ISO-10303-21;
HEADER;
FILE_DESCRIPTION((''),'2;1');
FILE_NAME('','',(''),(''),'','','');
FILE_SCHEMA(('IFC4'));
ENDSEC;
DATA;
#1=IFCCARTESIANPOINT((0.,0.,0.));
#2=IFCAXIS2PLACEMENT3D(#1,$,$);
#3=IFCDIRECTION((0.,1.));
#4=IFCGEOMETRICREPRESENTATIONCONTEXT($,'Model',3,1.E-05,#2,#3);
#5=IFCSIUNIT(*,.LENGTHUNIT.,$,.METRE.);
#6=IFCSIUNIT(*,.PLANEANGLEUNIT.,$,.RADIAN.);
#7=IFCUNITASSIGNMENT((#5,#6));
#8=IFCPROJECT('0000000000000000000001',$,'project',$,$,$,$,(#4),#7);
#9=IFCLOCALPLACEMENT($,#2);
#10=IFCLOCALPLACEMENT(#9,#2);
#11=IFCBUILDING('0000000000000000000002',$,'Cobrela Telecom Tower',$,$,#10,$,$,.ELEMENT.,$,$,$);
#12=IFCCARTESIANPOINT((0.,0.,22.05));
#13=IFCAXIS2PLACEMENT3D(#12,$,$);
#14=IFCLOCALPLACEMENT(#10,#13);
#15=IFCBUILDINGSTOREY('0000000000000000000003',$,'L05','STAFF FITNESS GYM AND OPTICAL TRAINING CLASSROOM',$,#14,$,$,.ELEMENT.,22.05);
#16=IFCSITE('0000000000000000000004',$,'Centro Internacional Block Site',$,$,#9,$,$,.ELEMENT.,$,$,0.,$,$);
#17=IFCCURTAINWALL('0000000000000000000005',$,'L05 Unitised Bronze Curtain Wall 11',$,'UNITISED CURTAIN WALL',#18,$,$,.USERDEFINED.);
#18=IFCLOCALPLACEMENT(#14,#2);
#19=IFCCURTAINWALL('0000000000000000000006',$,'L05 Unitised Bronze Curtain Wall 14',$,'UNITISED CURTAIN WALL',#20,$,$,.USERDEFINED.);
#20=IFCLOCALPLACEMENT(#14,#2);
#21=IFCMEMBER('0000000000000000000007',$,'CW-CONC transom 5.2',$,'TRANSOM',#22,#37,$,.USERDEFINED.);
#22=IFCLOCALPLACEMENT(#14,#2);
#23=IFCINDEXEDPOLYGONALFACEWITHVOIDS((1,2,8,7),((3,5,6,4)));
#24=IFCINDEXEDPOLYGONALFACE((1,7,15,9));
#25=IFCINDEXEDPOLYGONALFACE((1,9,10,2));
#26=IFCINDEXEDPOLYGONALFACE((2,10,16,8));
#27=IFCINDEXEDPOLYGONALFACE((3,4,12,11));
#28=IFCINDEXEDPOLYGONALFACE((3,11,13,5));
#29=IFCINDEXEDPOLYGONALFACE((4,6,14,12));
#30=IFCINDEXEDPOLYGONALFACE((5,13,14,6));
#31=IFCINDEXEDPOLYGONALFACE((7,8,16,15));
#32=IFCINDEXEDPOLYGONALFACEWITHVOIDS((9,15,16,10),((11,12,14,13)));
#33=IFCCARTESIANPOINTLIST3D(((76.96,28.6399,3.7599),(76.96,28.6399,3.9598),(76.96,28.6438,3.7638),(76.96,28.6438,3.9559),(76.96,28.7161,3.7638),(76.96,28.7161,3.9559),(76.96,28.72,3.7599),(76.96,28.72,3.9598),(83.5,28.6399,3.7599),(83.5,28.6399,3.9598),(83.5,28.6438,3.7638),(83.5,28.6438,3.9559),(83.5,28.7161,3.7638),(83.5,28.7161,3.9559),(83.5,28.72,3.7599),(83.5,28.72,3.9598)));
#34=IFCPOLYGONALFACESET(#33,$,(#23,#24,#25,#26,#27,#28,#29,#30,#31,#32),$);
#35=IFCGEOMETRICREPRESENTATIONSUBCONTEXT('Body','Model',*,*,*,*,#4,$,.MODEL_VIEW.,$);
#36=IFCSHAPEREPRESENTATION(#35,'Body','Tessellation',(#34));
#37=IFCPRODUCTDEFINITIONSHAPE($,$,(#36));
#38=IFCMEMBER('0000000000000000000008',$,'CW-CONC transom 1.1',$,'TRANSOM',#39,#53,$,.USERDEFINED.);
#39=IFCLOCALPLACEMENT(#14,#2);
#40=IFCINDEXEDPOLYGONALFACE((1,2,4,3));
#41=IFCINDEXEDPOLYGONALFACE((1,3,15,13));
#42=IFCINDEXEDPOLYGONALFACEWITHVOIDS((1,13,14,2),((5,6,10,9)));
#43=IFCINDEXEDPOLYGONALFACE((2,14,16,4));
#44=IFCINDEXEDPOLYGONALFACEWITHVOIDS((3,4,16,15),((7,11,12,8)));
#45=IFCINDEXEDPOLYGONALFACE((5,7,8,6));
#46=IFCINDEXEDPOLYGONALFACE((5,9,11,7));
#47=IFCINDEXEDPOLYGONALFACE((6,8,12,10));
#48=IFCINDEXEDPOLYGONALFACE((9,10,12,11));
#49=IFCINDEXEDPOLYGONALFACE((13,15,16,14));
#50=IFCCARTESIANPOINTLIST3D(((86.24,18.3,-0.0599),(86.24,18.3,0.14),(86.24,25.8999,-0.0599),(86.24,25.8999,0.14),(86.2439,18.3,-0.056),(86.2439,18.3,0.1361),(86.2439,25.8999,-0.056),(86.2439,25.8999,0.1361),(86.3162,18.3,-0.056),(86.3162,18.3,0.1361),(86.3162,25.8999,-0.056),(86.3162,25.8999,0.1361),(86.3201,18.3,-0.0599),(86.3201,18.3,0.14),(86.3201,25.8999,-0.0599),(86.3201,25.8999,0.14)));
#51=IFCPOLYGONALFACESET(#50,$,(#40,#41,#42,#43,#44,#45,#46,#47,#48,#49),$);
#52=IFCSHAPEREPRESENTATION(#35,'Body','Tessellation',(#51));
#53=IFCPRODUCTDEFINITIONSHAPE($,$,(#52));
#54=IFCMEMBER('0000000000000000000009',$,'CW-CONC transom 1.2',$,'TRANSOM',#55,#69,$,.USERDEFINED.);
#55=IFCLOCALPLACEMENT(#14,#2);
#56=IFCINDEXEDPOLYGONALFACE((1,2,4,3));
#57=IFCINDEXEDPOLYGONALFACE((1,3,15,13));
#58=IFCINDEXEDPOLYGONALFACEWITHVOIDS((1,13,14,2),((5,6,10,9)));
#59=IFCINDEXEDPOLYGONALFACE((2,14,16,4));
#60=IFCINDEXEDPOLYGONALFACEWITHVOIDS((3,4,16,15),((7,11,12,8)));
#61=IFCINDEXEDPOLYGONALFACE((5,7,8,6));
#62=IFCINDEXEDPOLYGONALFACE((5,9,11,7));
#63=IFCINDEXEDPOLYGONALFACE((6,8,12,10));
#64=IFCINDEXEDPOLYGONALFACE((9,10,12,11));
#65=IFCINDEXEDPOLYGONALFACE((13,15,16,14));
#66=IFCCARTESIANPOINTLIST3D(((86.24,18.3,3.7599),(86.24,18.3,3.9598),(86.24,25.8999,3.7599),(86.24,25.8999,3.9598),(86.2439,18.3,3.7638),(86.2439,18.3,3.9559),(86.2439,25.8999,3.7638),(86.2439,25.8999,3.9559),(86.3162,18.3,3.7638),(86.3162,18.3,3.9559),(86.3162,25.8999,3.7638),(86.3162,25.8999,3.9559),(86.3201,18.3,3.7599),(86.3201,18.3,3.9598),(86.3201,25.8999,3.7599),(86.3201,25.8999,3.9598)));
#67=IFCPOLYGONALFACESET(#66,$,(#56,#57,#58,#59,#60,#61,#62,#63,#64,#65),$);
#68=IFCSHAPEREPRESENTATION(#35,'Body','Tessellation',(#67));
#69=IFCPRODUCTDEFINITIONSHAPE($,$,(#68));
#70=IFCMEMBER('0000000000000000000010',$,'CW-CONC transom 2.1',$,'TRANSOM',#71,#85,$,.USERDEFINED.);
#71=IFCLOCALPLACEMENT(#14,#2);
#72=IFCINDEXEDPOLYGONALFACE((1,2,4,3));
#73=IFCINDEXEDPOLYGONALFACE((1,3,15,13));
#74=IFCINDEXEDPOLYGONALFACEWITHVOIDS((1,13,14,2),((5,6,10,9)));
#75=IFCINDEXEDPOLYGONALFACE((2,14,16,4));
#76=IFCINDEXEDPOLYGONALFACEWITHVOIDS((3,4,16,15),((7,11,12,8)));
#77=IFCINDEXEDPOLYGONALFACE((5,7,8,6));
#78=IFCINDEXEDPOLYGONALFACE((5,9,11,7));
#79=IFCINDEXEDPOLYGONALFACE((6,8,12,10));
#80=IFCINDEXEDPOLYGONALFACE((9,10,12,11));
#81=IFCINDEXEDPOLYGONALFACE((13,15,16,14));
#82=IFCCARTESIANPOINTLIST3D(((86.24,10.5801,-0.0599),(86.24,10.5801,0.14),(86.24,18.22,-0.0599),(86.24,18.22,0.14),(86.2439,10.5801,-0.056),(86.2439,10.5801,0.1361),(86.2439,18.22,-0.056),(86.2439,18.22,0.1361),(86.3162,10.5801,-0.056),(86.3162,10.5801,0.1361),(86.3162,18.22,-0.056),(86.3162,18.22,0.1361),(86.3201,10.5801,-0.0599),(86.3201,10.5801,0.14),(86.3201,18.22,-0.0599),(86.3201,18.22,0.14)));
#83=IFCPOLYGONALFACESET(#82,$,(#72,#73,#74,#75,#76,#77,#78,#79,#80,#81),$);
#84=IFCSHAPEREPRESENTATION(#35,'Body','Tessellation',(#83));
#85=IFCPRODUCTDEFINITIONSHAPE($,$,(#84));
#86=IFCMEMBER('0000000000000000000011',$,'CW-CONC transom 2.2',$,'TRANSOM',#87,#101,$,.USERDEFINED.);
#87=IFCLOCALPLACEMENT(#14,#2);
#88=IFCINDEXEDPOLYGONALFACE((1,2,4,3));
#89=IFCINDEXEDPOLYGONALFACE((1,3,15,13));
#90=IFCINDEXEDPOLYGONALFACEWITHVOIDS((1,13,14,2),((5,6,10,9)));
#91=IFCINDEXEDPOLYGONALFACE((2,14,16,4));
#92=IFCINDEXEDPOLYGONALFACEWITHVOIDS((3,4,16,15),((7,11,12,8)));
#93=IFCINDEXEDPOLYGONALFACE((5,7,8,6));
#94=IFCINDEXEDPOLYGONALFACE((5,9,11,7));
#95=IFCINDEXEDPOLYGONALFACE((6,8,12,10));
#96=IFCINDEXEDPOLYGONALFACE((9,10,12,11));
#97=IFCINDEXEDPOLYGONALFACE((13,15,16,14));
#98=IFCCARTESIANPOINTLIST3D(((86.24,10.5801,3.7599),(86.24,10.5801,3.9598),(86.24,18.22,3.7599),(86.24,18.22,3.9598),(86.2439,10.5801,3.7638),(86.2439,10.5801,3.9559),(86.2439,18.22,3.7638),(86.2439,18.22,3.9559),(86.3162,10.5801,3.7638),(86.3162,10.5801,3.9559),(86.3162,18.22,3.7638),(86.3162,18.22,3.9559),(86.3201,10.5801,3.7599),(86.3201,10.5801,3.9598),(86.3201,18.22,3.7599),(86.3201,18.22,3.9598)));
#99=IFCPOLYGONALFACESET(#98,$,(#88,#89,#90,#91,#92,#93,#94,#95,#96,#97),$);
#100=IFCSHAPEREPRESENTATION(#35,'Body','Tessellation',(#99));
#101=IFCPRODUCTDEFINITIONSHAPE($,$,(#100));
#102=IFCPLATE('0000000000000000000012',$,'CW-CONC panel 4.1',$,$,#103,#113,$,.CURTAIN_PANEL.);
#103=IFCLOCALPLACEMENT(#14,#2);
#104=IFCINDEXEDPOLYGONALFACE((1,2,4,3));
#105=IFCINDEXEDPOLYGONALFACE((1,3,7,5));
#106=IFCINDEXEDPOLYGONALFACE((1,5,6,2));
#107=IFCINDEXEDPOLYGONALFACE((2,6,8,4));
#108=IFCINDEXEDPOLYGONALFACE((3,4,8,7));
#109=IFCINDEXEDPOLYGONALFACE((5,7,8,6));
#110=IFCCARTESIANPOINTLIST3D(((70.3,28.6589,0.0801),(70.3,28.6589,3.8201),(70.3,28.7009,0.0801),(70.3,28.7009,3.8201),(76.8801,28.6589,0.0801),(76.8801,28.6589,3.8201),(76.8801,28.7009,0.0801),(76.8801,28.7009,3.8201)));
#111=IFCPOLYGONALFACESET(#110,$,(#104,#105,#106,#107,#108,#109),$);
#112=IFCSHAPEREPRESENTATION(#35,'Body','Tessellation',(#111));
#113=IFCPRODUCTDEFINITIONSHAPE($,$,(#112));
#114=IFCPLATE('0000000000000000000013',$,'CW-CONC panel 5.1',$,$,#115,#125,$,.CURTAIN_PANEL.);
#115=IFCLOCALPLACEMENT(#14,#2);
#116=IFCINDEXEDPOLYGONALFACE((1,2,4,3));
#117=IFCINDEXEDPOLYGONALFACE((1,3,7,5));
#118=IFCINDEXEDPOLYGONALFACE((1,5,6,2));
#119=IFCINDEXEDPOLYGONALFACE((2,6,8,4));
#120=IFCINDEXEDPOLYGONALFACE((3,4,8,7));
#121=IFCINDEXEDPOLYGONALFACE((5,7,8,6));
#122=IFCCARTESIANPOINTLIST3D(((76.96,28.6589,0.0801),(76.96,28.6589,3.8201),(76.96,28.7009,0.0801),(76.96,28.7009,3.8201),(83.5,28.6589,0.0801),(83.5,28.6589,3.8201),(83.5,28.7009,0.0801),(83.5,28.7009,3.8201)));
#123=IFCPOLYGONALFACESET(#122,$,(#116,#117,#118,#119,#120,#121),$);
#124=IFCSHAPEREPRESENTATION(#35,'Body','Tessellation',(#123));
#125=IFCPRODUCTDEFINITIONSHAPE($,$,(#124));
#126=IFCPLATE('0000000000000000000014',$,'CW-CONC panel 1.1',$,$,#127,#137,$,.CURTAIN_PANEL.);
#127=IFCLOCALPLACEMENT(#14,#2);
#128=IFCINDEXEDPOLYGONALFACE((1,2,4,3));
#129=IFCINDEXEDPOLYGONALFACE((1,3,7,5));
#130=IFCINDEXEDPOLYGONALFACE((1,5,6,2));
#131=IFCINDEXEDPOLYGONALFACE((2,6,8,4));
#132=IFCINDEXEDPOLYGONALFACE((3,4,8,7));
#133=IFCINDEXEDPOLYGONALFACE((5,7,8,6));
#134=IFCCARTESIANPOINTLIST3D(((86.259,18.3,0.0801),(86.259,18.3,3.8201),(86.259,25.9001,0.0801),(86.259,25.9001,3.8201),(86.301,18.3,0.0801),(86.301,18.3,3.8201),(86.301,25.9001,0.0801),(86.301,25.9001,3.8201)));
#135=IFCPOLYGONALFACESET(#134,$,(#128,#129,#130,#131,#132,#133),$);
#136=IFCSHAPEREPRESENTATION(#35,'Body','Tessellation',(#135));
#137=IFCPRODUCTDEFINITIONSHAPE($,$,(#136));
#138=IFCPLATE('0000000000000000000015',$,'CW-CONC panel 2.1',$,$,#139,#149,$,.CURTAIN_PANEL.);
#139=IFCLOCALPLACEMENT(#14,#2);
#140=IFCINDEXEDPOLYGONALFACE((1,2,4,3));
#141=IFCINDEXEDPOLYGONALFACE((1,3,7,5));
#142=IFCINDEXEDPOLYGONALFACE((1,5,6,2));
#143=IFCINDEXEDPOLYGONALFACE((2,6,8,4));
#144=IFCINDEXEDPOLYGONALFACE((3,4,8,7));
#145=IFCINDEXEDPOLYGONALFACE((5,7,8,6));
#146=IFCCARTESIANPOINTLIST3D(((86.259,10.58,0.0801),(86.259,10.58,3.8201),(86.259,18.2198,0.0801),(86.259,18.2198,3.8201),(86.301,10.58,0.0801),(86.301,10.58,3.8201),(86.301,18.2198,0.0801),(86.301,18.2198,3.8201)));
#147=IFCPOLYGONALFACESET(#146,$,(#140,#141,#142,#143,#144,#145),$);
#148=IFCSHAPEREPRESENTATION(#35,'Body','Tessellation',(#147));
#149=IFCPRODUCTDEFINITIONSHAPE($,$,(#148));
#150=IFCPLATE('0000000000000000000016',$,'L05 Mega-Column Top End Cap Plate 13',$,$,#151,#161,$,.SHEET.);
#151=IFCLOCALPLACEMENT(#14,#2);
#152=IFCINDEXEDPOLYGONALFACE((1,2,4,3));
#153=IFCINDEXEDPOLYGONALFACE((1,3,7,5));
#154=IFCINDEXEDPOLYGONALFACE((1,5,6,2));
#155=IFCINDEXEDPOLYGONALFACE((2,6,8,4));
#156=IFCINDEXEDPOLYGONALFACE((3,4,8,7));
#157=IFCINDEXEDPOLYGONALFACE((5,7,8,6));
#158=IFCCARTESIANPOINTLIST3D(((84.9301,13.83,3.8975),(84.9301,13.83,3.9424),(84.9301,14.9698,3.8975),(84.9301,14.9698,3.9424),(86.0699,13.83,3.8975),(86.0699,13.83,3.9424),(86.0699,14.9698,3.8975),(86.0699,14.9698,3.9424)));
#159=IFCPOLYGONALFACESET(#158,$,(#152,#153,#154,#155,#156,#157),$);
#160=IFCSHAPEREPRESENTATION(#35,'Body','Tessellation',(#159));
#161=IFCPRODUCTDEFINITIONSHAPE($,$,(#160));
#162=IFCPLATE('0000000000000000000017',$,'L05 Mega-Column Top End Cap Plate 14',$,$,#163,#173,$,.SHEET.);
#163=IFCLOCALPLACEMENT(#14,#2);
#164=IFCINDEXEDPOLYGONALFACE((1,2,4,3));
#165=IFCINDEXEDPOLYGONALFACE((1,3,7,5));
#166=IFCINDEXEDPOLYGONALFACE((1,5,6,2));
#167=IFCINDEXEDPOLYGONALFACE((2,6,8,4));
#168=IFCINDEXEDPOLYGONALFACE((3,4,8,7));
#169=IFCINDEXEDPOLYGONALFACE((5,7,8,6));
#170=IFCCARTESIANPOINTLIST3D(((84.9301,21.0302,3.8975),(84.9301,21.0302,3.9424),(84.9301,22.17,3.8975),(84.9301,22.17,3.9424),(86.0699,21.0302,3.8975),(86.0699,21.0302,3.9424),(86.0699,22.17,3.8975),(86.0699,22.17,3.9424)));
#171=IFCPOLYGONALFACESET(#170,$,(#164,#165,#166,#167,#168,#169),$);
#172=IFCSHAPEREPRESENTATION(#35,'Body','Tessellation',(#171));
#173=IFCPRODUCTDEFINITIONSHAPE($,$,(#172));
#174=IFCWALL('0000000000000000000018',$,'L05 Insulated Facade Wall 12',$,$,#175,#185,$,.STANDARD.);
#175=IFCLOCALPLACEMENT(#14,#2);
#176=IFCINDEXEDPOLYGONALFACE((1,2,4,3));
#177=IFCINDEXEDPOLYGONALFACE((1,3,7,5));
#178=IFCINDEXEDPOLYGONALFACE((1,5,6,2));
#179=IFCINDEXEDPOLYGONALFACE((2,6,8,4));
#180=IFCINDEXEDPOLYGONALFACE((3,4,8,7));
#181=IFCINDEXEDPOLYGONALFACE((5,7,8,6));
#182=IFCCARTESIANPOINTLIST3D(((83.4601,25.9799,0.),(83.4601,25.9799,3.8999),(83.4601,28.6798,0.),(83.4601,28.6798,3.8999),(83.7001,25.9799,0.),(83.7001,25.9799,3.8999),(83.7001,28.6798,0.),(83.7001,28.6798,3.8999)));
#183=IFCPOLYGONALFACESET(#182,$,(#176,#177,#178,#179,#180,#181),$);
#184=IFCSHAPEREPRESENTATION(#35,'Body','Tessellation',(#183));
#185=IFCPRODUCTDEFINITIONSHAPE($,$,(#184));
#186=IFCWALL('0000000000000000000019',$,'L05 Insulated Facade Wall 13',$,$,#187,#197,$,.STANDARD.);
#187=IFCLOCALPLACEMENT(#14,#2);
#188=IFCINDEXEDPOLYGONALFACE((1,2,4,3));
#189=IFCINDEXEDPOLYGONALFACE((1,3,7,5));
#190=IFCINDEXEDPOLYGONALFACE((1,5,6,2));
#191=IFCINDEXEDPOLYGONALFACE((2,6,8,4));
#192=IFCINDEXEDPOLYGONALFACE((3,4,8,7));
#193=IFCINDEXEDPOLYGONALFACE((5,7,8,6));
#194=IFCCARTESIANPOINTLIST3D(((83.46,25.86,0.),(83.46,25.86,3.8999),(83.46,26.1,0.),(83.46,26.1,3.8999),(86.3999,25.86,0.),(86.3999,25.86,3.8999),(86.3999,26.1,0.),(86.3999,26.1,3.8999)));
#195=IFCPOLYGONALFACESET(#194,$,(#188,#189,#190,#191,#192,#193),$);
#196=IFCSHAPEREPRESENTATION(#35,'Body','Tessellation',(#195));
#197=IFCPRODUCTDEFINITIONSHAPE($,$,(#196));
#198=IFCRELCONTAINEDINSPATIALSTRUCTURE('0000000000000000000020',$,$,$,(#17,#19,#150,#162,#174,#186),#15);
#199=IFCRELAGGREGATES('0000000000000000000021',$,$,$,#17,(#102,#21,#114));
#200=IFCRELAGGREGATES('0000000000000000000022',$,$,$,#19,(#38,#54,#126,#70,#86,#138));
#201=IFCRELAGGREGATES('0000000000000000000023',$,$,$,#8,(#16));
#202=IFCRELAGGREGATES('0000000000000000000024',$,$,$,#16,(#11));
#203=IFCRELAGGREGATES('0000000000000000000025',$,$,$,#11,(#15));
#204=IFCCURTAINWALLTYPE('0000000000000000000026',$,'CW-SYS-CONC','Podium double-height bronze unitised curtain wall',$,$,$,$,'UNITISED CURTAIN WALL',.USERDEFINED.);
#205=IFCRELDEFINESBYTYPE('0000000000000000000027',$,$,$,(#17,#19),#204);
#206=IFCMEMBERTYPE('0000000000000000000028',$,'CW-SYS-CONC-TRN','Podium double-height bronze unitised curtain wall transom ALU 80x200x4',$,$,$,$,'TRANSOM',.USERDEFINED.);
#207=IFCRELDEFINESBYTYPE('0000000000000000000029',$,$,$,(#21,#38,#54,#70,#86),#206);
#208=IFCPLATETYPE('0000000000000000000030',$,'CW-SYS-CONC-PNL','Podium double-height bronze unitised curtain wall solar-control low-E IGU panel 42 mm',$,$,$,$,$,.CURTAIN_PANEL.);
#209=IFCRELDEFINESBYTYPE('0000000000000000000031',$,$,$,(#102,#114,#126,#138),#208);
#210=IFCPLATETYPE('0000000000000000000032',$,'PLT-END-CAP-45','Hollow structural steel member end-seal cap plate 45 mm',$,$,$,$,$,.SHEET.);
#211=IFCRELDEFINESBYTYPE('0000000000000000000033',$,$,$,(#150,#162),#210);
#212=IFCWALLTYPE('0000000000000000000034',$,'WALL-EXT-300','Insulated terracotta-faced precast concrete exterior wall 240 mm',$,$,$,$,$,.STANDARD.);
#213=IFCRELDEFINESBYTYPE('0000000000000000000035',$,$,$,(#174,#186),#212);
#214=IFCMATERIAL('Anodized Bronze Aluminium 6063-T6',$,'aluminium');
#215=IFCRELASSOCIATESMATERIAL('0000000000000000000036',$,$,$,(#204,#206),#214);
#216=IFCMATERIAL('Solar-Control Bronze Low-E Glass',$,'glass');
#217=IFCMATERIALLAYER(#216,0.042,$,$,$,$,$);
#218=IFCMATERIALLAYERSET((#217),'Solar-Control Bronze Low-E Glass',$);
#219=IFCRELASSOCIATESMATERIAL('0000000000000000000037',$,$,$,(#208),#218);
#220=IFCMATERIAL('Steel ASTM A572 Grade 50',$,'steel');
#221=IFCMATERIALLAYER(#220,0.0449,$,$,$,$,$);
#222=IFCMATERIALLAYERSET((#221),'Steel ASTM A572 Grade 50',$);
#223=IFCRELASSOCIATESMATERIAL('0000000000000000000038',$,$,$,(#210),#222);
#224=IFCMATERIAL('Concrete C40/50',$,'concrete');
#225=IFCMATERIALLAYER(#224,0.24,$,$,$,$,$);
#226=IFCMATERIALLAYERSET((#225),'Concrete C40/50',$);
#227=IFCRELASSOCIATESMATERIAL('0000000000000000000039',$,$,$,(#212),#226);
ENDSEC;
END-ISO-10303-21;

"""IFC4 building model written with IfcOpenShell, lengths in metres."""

from ifc_helpers import new_model, si_unit, direction, frame, frame_2d, origin, origin_2d, place, context, subcontext, project, spatial, rectangle, hollow_rectangle, extrude, material, layer, layer_set, material_profile, profile_set, type_object, element, aggregate, save


model = new_model("IFC4")

# Units and contexts
model_context = context("Model", 3, precision=1e-05, world=origin(), true_north=direction((0.0, 1.0)))
body_context = subcontext(model_context, "Body", "Model", "MODEL_VIEW")
ifc_project = project(units=[si_unit("LENGTHUNIT", "METRE"), si_unit("PLANEANGLEUNIT", "RADIAN")], contexts=[model_context])

# Site, building, storey
site_placement = place(None, origin())
site = spatial("IfcSite", under=ifc_project, at=site_placement, Name="Centro Internacional Block Site", CompositionType="ELEMENT", RefElevation=0.0)
building_placement = place(site_placement, origin())
building = spatial("IfcBuilding", under=site, at=building_placement, Name="Cobrela Telecom Tower", CompositionType="ELEMENT")
storey_placement = place(building_placement, frame((0.0, 0.0, 22.05)))
storey = spatial("IfcBuildingStorey", under=building, at=storey_placement, Name="L05", Description="STAFF FITNESS GYM AND OPTICAL TRAINING CLASSROOM", CompositionType="ELEMENT", Elevation=22.05)

# Shared definitions
ifc_material_1 = material(Name="Concrete C40/50", Category="concrete")
ifc_material_2 = material(Name="Steel ASTM A572 Grade 50", Category="steel")

# Curtain walls
ifc_material_3 = material(Name="Anodized Bronze Aluminium 6063-T6", Category="aluminium")
curtain_wall_type = type_object("IfcCurtainWallType", Name="CW-SYS-CONC", Description="Podium double-height bronze unitised curtain wall", ElementType="UNITISED CURTAIN WALL", PredefinedType="USERDEFINED", material=ifc_material_3)
curtain_wall_1_placement = place(storey_placement, origin())
curtain_wall_1 = element("IfcCurtainWall", 1, at=curtain_wall_1_placement, inside=storey, type_object=curtain_wall_type, Name="L05 Unitised Bronze Curtain Wall 11", ObjectType="UNITISED CURTAIN WALL", PredefinedType="USERDEFINED")
curtain_wall_2_placement = place(storey_placement, origin())
curtain_wall_2 = element("IfcCurtainWall", 2, at=curtain_wall_2_placement, inside=storey, type_object=curtain_wall_type, Name="L05 Unitised Bronze Curtain Wall 14", ObjectType="UNITISED CURTAIN WALL", PredefinedType="USERDEFINED")

# Members
ifc_material_profile_1 = material_profile(ifc_material_3, hollow_rectangle(XDim=0.0801, YDim=0.2, WallThickness=0.0039, at=origin_2d()), Name="ALU 80x200x4")
ifc_profile_set_1 = profile_set([ifc_material_profile_1], Name="Anodized Bronze Aluminium 6063-T6")
member_type_1 = type_object("IfcMemberType", Name="CW-SYS-CONC-TRN", Description="Podium double-height bronze unitised curtain wall transom ALU 80x200x4", ElementType="TRANSOM", PredefinedType="USERDEFINED", material=ifc_profile_set_1)
member_1_placement = place(storey_placement, frame((76.96, 28.6799, 3.8599), z_axis=(1.0, 0.0, 0.0), x_axis=(0.0, 1.0, 0.0)))
member_1 = element("IfcMember", 3, at=member_1_placement, type_object=member_type_1, Name="CW-CONC transom 5.2", ObjectType="TRANSOM", PredefinedType="USERDEFINED", context=body_context, shape_type="SweptSolid", body=[
    extrude(hollow_rectangle(XDim=0.0801, YDim=0.2, WallThickness=0.0039, at=origin_2d()), origin(), (0.0, 0.0, 1.0), 6.54),
])
member_2_placement = place(storey_placement, frame((86.28, 25.8999, 0.04), z_axis=(0.0, -1.0, 0.0), x_axis=(1.0, 0.0, 0.0)))
member_2 = element("IfcMember", 4, at=member_2_placement, type_object=member_type_1, Name="CW-CONC transom 1.1", ObjectType="TRANSOM", PredefinedType="USERDEFINED", context=body_context, shape_type="SweptSolid", body=[
    extrude(hollow_rectangle(XDim=0.0801, YDim=0.2, WallThickness=0.0039, at=origin_2d()), origin(), (0.0, 0.0, 1.0), 7.5999),
])
member_3_placement = place(storey_placement, frame((86.28, 25.8999, 3.8599), z_axis=(0.0, -1.0, 0.0), x_axis=(1.0, 0.0, 0.0)))
member_3 = element("IfcMember", 5, at=member_3_placement, type_object=member_type_1, Name="CW-CONC transom 1.2", ObjectType="TRANSOM", PredefinedType="USERDEFINED", context=body_context, shape_type="SweptSolid", body=[
    extrude(hollow_rectangle(XDim=0.0801, YDim=0.2, WallThickness=0.0039, at=origin_2d()), origin(), (0.0, 0.0, 1.0), 7.5999),
])
member_4_placement = place(storey_placement, frame((86.28, 18.22, 0.04), z_axis=(0.0, -1.0, 0.0), x_axis=(1.0, 0.0, 0.0)))
member_4 = element("IfcMember", 6, at=member_4_placement, type_object=member_type_1, Name="CW-CONC transom 2.1", ObjectType="TRANSOM", PredefinedType="USERDEFINED", context=body_context, shape_type="SweptSolid", body=[
    extrude(hollow_rectangle(XDim=0.0801, YDim=0.2, WallThickness=0.0039, at=origin_2d()), origin(), (0.0, 0.0, 1.0), 7.6399),
])
member_5_placement = place(storey_placement, frame((86.28, 18.22, 3.8599), z_axis=(0.0, -1.0, 0.0), x_axis=(1.0, 0.0, 0.0)))
member_5 = element("IfcMember", 7, at=member_5_placement, type_object=member_type_1, Name="CW-CONC transom 2.2", ObjectType="TRANSOM", PredefinedType="USERDEFINED", context=body_context, shape_type="SweptSolid", body=[
    extrude(hollow_rectangle(XDim=0.0801, YDim=0.2, WallThickness=0.0039, at=origin_2d()), origin(), (0.0, 0.0, 1.0), 7.6399),
])

# Plates
ifc_material_4 = material(Name="Solar-Control Bronze Low-E Glass", Category="glass")
ifc_layer_1 = layer(ifc_material_4, 0.042)
ifc_layer_set_1 = layer_set([ifc_layer_1], Name="Solar-Control Bronze Low-E Glass")
plate_type_1 = type_object("IfcPlateType", Name="CW-SYS-CONC-PNL", Description="Podium double-height bronze unitised curtain wall solar-control low-E IGU panel 42 mm", PredefinedType="CURTAIN_PANEL", material=ifc_layer_set_1)
plate_1_placement = place(storey_placement, frame((73.5901, 28.6799, 0.0801), z_axis=(0.0, 0.0, 1.0), x_axis=(1.0, 0.0, 0.0)))
plate_1 = element("IfcPlate", 8, at=plate_1_placement, type_object=plate_type_1, Name="CW-CONC panel 4.1", PredefinedType="CURTAIN_PANEL", context=body_context, shape_type="SweptSolid", body=[
    extrude(rectangle(XDim=6.5801, YDim=0.042, at=origin_2d()), origin(), (0.0, 0.0, 1.0), 3.74),
])
plate_2_placement = place(storey_placement, frame((80.23, 28.6799, 0.0801), z_axis=(0.0, 0.0, 1.0), x_axis=(1.0, 0.0, 0.0)))
plate_2 = element("IfcPlate", 9, at=plate_2_placement, type_object=plate_type_1, Name="CW-CONC panel 5.1", PredefinedType="CURTAIN_PANEL", context=body_context, shape_type="SweptSolid", body=[
    extrude(rectangle(XDim=6.54, YDim=0.042, at=origin_2d()), origin(), (0.0, 0.0, 1.0), 3.74),
])
aggregate(curtain_wall_1, [plate_1, member_1, plate_2])
plate_3_placement = place(storey_placement, frame((86.28, 22.1001, 0.0801), z_axis=(0.0, 0.0, 1.0), x_axis=(0.0, -1.0, 0.0)))
plate_3 = element("IfcPlate", 10, at=plate_3_placement, type_object=plate_type_1, Name="CW-CONC panel 1.1", PredefinedType="CURTAIN_PANEL", context=body_context, shape_type="SweptSolid", body=[
    extrude(rectangle(XDim=7.6001, YDim=0.042, at=origin_2d()), origin(), (0.0, 0.0, 1.0), 3.74),
])
plate_4_placement = place(storey_placement, frame((86.28, 14.3999, 0.0801), z_axis=(0.0, 0.0, 1.0), x_axis=(0.0, -1.0, 0.0)))
plate_4 = element("IfcPlate", 11, at=plate_4_placement, type_object=plate_type_1, Name="CW-CONC panel 2.1", PredefinedType="CURTAIN_PANEL", context=body_context, shape_type="SweptSolid", body=[
    extrude(rectangle(XDim=7.6399, YDim=0.042, at=origin_2d()), origin(), (0.0, 0.0, 1.0), 3.74),
])
aggregate(curtain_wall_2, [member_2, member_3, plate_3, member_4, member_5, plate_4])

# Plates
ifc_layer_2 = layer(ifc_material_2, 0.0449)
ifc_layer_set_2 = layer_set([ifc_layer_2], Name="Steel ASTM A572 Grade 50")
plate_type_2 = type_object("IfcPlateType", Name="PLT-END-CAP-45", Description="Hollow structural steel member end-seal cap plate 45 mm", PredefinedType="SHEET", material=ifc_layer_set_2)
for number, where, z_axis, x_axis, name in (
    (12, (85.5, 14.3999, 3.8975), (0.0, 0.0, 1.0), (1.0, 0.0, 0.0), "L05 Mega-Column Top End Cap Plate 13"),
    (13, (85.5, 21.6001, 3.8975), (0.0, 0.0, 1.0), (1.0, 0.0, 0.0), "L05 Mega-Column Top End Cap Plate 14"),
):
    element("IfcPlate", number, at=place(storey_placement, frame(where, z_axis=z_axis, x_axis=x_axis)), inside=storey, type_object=plate_type_2, Name=name, PredefinedType="SHEET", context=body_context, shape_type="SweptSolid", body=[
        extrude(rectangle(XDim=1.1399, YDim=1.1399, at=origin_2d()), origin(), (0.0, 0.0, 1.0), 0.0449),
    ])

# Walls
ifc_layer_3 = layer(ifc_material_1, 0.24)
ifc_layer_set_3 = layer_set([ifc_layer_3], Name="Concrete C40/50")
wall_type = type_object("IfcWallType", Name="WALL-EXT-300", Description="Insulated terracotta-faced precast concrete exterior wall 240 mm", PredefinedType="STANDARD", material=ifc_layer_set_3)
wall_1_placement = place(storey_placement, frame((83.5801, 28.6799, 0.0), z_axis=(0.0, 0.0, 1.0), x_axis=(0.0, -1.0, 0.0)))
element("IfcWall", 14, at=wall_1_placement, inside=storey, type_object=wall_type, Name="L05 Insulated Facade Wall 12", PredefinedType="STANDARD", context=body_context, shape_type="SweptSolid", body=[
    extrude(rectangle(XDim=2.7, YDim=0.24, at=frame_2d((1.3501, 0.0))), origin(), (0.0, 0.0, 1.0), 3.8999),
])
wall_2_placement = place(storey_placement, frame((83.46, 25.98, 0.0), z_axis=(0.0, 0.0, 1.0), x_axis=(1.0, 0.0, 0.0)))
element("IfcWall", 15, at=wall_2_placement, inside=storey, type_object=wall_type, Name="L05 Insulated Facade Wall 13", PredefinedType="STANDARD", context=body_context, shape_type="SweptSolid", body=[
    extrude(rectangle(XDim=2.9399, YDim=0.24, at=frame_2d((1.47, 0.0))), origin(), (0.0, 0.0, 1.0), 3.8999),
])

save(model, "model.ifc")
